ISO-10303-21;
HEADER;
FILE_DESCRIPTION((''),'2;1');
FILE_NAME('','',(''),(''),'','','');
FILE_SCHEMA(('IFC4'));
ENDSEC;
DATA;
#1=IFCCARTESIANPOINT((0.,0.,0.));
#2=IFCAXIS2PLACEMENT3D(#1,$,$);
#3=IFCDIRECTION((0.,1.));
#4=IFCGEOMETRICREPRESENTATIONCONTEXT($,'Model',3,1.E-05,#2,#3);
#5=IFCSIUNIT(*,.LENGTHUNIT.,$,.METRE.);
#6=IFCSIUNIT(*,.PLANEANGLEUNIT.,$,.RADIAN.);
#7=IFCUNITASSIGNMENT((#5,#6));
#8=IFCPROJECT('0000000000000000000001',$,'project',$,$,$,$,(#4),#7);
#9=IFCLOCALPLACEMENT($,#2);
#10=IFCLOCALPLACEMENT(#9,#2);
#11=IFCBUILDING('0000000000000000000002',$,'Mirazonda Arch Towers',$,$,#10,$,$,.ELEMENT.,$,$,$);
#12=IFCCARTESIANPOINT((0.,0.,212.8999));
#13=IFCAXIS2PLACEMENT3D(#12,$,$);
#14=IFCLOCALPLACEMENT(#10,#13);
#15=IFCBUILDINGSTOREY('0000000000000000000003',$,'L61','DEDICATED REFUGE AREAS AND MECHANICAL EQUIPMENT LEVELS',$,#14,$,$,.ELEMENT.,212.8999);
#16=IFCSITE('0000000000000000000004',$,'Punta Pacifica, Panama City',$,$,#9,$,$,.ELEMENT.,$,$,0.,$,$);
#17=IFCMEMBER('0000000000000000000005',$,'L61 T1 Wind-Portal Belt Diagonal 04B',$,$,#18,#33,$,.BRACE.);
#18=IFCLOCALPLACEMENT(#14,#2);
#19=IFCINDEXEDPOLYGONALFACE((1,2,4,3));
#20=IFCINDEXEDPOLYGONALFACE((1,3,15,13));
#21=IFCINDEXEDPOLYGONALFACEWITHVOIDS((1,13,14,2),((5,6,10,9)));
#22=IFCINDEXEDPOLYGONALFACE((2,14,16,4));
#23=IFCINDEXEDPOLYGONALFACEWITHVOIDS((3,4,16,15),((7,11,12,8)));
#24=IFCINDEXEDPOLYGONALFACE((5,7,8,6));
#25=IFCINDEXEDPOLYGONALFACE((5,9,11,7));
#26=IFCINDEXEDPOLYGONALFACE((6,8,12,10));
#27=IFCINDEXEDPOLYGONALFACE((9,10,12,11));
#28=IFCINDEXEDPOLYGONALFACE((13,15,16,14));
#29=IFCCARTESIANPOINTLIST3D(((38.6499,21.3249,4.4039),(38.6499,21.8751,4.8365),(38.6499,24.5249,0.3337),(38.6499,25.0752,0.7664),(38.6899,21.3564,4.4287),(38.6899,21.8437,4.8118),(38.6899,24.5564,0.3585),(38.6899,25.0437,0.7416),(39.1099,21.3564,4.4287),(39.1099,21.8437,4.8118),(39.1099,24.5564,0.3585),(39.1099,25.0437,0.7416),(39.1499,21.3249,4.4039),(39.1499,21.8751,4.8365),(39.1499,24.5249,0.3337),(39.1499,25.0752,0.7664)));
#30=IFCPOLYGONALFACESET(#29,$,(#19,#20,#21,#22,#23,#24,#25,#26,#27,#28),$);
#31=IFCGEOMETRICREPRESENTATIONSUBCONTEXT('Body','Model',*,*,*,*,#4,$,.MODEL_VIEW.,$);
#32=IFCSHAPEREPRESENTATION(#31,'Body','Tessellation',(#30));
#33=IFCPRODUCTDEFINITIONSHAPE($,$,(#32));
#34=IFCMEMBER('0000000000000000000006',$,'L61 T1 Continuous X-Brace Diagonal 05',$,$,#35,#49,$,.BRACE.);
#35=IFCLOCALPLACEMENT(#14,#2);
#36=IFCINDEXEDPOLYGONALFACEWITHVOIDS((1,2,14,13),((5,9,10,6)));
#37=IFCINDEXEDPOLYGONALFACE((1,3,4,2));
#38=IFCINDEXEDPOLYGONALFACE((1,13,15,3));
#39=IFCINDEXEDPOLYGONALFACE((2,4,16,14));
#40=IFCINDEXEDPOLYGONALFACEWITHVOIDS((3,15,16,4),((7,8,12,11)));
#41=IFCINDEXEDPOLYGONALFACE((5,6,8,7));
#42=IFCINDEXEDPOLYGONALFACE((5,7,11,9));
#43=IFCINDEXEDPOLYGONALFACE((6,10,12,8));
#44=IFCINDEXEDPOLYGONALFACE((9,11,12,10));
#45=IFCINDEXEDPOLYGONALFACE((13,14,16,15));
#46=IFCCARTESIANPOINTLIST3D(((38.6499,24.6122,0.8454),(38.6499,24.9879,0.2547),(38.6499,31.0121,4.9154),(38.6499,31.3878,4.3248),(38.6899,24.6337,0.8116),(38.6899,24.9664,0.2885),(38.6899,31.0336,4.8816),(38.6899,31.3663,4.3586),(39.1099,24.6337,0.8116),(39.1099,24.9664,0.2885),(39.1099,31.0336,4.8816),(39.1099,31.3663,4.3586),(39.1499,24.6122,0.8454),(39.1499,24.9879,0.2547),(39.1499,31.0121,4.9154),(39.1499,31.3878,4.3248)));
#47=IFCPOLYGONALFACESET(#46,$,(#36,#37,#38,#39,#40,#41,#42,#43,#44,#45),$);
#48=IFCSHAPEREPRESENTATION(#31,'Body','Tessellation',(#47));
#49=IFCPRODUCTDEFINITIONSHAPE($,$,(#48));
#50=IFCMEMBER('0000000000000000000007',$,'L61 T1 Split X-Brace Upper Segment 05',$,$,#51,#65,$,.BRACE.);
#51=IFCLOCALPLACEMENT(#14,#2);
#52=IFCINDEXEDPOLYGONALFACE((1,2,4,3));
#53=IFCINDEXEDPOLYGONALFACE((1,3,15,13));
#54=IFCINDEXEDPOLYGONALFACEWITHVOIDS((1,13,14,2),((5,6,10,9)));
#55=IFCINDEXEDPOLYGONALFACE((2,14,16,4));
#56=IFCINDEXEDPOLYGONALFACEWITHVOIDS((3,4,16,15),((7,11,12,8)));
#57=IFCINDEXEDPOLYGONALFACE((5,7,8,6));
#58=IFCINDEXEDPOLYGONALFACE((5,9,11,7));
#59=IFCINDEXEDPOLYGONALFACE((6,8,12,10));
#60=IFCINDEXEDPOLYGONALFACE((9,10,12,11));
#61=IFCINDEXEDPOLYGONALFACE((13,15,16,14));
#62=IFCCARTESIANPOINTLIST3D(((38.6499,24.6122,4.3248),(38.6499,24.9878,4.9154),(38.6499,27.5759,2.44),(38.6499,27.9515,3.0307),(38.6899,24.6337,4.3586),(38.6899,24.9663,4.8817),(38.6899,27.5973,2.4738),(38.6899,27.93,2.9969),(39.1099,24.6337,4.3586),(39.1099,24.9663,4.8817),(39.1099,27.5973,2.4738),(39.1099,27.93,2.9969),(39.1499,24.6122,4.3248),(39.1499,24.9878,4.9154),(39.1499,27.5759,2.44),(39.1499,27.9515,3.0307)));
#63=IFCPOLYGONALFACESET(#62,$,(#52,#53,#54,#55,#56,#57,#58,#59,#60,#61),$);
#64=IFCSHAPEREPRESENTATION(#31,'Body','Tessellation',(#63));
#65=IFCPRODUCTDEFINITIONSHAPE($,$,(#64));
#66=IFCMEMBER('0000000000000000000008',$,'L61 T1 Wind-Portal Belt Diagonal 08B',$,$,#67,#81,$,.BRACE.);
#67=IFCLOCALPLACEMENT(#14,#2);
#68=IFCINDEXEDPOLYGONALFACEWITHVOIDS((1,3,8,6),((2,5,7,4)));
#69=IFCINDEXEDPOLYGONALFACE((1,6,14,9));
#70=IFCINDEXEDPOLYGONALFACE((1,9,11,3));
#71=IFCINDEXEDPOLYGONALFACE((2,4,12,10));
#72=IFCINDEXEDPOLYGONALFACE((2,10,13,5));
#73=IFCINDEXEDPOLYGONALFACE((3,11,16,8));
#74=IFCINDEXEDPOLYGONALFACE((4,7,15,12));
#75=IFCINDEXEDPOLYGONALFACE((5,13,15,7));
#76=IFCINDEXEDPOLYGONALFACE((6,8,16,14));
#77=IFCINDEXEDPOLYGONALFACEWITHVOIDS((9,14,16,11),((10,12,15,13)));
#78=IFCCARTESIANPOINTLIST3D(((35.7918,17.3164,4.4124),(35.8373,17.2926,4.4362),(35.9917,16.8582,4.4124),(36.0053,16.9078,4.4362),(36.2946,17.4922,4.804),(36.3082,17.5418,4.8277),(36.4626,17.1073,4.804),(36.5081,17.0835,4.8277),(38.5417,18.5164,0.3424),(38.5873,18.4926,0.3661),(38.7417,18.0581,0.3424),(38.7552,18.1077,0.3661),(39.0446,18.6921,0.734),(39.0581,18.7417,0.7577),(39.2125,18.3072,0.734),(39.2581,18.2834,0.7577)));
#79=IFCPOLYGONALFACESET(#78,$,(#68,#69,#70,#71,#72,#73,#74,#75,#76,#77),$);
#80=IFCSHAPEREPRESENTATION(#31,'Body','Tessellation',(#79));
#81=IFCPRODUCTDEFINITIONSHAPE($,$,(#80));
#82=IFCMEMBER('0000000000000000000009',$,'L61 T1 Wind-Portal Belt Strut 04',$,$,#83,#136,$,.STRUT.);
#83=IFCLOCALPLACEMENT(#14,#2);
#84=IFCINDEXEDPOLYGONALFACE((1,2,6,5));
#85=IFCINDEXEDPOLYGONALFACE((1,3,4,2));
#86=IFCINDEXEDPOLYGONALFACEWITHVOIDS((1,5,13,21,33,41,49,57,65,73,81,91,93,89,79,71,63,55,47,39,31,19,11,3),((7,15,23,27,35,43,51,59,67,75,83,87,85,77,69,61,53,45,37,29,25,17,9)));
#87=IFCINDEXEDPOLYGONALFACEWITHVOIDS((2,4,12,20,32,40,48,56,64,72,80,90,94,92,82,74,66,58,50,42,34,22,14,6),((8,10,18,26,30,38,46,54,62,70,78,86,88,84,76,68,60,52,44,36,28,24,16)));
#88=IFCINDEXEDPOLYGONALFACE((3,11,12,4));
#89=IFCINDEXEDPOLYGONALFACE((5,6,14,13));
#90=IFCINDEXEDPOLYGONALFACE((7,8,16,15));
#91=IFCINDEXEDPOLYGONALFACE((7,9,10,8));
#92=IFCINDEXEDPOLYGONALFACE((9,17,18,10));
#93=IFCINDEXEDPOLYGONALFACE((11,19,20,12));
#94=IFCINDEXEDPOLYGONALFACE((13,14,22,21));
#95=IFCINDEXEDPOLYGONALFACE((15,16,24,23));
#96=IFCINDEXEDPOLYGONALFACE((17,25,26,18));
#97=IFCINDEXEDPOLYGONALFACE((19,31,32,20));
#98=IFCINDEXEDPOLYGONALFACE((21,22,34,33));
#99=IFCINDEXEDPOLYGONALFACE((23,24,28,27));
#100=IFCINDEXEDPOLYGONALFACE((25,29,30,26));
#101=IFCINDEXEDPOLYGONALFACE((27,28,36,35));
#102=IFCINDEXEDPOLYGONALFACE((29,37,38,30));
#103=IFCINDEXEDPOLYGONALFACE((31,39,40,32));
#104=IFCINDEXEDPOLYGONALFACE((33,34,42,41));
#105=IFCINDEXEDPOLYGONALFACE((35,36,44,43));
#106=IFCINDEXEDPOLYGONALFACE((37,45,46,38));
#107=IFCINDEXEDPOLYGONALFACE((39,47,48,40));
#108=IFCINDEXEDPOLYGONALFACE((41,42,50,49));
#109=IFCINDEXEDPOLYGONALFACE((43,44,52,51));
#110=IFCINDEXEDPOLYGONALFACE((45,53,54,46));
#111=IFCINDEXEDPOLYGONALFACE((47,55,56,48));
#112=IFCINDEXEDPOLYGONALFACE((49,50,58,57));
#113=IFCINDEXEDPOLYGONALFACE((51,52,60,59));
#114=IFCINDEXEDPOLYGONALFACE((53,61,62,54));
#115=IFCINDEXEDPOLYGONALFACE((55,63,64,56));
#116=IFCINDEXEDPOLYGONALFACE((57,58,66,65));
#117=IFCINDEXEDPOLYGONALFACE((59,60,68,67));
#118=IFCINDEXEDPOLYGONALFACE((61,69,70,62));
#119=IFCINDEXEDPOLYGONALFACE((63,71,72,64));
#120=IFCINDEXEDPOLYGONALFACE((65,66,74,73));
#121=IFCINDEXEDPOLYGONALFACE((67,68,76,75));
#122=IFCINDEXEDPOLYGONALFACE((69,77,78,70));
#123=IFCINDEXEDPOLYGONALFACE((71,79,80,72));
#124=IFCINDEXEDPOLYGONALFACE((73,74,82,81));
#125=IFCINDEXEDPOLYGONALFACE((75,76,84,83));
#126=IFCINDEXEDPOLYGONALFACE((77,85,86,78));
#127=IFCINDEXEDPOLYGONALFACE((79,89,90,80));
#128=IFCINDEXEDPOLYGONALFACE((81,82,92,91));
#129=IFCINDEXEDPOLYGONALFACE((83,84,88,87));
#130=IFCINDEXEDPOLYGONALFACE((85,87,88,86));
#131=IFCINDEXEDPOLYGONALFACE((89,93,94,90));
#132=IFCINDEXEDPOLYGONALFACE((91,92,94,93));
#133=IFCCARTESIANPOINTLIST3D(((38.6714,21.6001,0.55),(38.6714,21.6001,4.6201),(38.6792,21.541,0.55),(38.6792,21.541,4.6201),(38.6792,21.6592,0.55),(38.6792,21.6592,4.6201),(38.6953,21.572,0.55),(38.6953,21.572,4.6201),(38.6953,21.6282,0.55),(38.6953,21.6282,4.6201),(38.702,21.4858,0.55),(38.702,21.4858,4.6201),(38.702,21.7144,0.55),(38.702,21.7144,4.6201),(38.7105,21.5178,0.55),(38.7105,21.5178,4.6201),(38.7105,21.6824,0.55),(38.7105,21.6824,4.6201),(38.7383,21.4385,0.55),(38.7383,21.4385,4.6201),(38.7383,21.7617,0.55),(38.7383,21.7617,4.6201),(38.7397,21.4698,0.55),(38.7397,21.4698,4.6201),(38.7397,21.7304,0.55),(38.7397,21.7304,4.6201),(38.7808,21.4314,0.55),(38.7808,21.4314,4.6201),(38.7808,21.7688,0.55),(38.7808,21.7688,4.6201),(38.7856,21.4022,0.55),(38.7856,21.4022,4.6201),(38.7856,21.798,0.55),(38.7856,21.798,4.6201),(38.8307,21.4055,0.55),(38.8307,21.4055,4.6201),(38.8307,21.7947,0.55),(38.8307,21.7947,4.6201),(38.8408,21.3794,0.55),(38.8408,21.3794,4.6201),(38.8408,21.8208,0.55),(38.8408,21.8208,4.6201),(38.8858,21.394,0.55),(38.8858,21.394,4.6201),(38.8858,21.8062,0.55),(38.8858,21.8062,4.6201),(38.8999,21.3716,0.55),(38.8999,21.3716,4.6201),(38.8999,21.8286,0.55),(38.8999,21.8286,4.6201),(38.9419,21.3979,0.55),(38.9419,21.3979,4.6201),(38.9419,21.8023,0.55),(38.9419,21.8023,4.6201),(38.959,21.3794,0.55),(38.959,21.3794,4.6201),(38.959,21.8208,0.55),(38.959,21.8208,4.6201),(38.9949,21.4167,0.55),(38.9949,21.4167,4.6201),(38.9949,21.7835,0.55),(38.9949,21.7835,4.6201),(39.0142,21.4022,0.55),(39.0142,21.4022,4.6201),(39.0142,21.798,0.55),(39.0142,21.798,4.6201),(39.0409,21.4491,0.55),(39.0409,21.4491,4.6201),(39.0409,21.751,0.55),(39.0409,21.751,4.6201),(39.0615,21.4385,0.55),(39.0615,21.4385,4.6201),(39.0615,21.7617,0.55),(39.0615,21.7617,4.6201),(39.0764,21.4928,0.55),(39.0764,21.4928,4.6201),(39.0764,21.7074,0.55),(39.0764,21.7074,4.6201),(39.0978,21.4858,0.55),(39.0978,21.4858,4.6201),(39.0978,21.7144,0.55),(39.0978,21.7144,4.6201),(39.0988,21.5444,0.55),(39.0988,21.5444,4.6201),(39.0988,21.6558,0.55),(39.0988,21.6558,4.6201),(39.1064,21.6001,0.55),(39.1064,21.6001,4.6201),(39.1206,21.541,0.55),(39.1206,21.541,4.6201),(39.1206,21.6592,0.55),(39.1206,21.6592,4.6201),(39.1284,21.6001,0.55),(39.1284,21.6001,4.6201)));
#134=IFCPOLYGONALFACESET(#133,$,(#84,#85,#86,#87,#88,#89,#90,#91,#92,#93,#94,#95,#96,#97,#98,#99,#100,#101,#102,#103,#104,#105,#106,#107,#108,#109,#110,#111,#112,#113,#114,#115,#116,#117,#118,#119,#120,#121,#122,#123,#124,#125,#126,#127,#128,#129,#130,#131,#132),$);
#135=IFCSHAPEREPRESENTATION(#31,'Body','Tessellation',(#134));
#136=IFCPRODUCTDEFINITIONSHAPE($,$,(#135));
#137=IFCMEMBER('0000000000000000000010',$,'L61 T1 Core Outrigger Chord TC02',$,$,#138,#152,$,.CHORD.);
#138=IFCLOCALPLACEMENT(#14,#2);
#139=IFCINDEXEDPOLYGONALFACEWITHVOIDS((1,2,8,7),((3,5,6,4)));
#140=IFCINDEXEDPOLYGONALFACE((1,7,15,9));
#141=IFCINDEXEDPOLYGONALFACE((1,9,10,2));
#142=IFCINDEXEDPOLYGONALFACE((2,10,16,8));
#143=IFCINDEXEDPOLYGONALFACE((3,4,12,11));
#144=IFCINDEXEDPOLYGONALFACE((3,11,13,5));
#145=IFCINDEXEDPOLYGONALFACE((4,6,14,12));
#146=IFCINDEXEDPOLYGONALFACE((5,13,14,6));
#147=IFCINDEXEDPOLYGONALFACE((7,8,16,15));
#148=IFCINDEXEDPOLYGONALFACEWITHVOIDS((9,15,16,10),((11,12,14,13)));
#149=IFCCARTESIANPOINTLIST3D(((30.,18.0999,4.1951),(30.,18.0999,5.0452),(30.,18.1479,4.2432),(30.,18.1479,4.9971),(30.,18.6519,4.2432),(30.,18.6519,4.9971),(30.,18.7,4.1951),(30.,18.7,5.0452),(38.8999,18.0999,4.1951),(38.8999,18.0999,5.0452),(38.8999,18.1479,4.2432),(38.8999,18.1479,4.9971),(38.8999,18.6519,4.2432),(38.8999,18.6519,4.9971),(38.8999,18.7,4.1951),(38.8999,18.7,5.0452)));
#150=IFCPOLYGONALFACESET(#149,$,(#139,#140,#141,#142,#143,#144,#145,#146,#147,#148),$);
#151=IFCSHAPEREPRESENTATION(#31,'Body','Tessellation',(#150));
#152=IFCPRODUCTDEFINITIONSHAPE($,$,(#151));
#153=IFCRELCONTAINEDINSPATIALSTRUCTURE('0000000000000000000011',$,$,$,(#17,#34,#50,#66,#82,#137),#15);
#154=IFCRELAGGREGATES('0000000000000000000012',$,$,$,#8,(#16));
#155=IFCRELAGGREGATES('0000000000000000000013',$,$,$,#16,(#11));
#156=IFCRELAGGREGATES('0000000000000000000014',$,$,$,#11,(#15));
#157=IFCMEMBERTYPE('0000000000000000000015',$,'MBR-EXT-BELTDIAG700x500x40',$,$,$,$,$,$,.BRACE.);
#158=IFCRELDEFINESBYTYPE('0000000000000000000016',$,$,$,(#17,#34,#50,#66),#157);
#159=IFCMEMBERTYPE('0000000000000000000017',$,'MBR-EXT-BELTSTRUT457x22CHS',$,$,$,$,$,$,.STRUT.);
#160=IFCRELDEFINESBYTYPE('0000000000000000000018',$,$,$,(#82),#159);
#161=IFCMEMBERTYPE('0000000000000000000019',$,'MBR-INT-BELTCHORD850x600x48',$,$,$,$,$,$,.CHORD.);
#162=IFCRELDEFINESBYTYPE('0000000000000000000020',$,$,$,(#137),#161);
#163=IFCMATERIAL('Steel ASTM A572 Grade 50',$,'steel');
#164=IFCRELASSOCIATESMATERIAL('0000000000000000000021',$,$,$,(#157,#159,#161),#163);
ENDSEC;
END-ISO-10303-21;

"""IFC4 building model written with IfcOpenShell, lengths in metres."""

from ifc_helpers import new_model, si_unit, direction, frame, origin, origin_2d, place, context, subcontext, project, spatial, hollow_rectangle, hollow_circle, extrude, material, material_profile, profile_set, type_object, element, save


model = new_model("IFC4")

# Units and contexts
model_context = context("Model", 3, precision=1e-05, world=origin(), true_north=direction((0.0, 1.0)))
body_context = subcontext(model_context, "Body", "Model", "MODEL_VIEW")
ifc_project = project(units=[si_unit("LENGTHUNIT", "METRE"), si_unit("PLANEANGLEUNIT", "RADIAN")], contexts=[model_context])

# Site, building, storey
site_placement = place(None, origin())
site = spatial("IfcSite", under=ifc_project, at=site_placement, Name="Punta Pacifica, Panama City", CompositionType="ELEMENT", RefElevation=0.0)
building_placement = place(site_placement, origin())
building = spatial("IfcBuilding", under=site, at=building_placement, Name="Mirazonda Arch Towers", CompositionType="ELEMENT")
storey_placement = place(building_placement, frame((0.0, 0.0, 212.8999)))
storey = spatial("IfcBuildingStorey", under=building, at=storey_placement, Name="L61", Description="DEDICATED REFUGE AREAS AND MECHANICAL EQUIPMENT LEVELS", CompositionType="ELEMENT", Elevation=212.8999)

# Shared definitions
ifc_material_1 = material(Name="Steel ASTM A572 Grade 50", Category="steel")

# Members
ifc_material_profile_1 = material_profile(ifc_material_1, hollow_rectangle(XDim=0.5, YDim=0.7, WallThickness=0.04, at=origin_2d()), Name="BELTDIAG700x500x40")
ifc_profile_set_1 = profile_set([ifc_material_profile_1], Name="Steel ASTM A572 Grade 50")
member_type_1 = type_object("IfcMemberType", Name="MBR-EXT-BELTDIAG700x500x40", PredefinedType="BRACE", material=ifc_profile_set_1)
for number, where, z_axis, x_axis, name in (
    (1, (38.8999, 24.8, 0.55), (0.0, -0.618065, 0.786127), (1.0, 0.0, 0.0), "L61 T1 Wind-Portal Belt Diagonal 04B"),
):
    element("IfcMember", number, at=place(storey_placement, frame(where, z_axis=z_axis, x_axis=x_axis)), inside=storey, type_object=member_type_1, Name=name, PredefinedType="BRACE", context=body_context, shape_type="SweptSolid", body=[
        extrude(hollow_rectangle(XDim=0.5, YDim=0.7, WallThickness=0.04, at=origin_2d()), origin(), (0.0, 0.0, 1.0), 5.1775),
    ])
member_1_placement = place(storey_placement, frame((38.8999, 24.8, 0.55), z_axis=(0.0, 0.843817, 0.536632), x_axis=(-1.0, 0.0, 0.0)))
element("IfcMember", 2, at=member_1_placement, inside=storey, type_object=member_type_1, Name="L61 T1 Continuous X-Brace Diagonal 05", PredefinedType="BRACE", context=body_context, shape_type="SweptSolid", body=[
    extrude(hollow_rectangle(XDim=0.5, YDim=0.7, WallThickness=0.04, at=origin_2d()), origin(), (0.0, 0.0, 1.0), 7.5845),
])
member_2_placement = place(storey_placement, frame((38.8999, 27.7637, 2.7354), z_axis=(0.0, -0.843813, 0.536637), x_axis=(1.0, 0.0, 0.0)))
element("IfcMember", 3, at=member_2_placement, inside=storey, type_object=member_type_1, Name="L61 T1 Split X-Brace Upper Segment 05", PredefinedType="BRACE", context=body_context, shape_type="SweptSolid", body=[
    extrude(hollow_rectangle(XDim=0.5, YDim=0.7, WallThickness=0.04, at=origin_2d()), origin(), (0.0, 0.0, 1.0), 3.5122),
])
member_3_placement = place(storey_placement, frame((38.8999, 18.3999, 0.55), z_axis=(-0.543858, -0.23731, 0.804924), x_axis=(0.399931, -0.916545, 0.0)))
element("IfcMember", 4, at=member_3_placement, inside=storey, type_object=member_type_1, Name="L61 T1 Wind-Portal Belt Diagonal 08B", PredefinedType="BRACE", context=body_context, shape_type="SweptSolid", body=[
    extrude(hollow_rectangle(XDim=0.5, YDim=0.7, WallThickness=0.04, at=origin_2d()), origin(), (0.0, 0.0, 1.0), 5.0564),
])
ifc_material_profile_2 = material_profile(ifc_material_1, hollow_circle(Radius=0.2285, WallThickness=0.022, at=origin_2d()), Name="BELTSTRUT457x22CHS")
ifc_profile_set_2 = profile_set([ifc_material_profile_2], Name="Steel ASTM A572 Grade 50")
member_type_2 = type_object("IfcMemberType", Name="MBR-EXT-BELTSTRUT457x22CHS", PredefinedType="STRUT", material=ifc_profile_set_2)
member_4_placement = place(storey_placement, frame((38.8999, 21.6001, 0.55), z_axis=(0.0, 0.0, 1.0), x_axis=(1.0, 0.0, 0.0)))
element("IfcMember", 5, at=member_4_placement, inside=storey, type_object=member_type_2, Name="L61 T1 Wind-Portal Belt Strut 04", PredefinedType="STRUT", context=body_context, shape_type="SweptSolid", body=[
    extrude(hollow_circle(Radius=0.2285, WallThickness=0.022, at=origin_2d()), origin(), (0.0, 0.0, 1.0), 4.0701),
])
ifc_material_profile_3 = material_profile(ifc_material_1, hollow_rectangle(XDim=0.6001, YDim=0.8501, WallThickness=0.0481, at=origin_2d()), Name="BELTCHORD850x600x48")
ifc_profile_set_3 = profile_set([ifc_material_profile_3], Name="Steel ASTM A572 Grade 50")
member_type_3 = type_object("IfcMemberType", Name="MBR-INT-BELTCHORD850x600x48", PredefinedType="CHORD", material=ifc_profile_set_3)
member_5_placement = place(storey_placement, frame((30.0, 18.3999, 4.6201), z_axis=(1.0, 0.0, 0.0), x_axis=(0.0, 1.0, 0.0)))
element("IfcMember", 6, at=member_5_placement, inside=storey, type_object=member_type_3, Name="L61 T1 Core Outrigger Chord TC02", PredefinedType="CHORD", context=body_context, shape_type="SweptSolid", body=[
    extrude(hollow_rectangle(XDim=0.6001, YDim=0.8501, WallThickness=0.0481, at=origin_2d()), origin(), (0.0, 0.0, 1.0), 8.8999),
])

save(model, "model.ifc")
